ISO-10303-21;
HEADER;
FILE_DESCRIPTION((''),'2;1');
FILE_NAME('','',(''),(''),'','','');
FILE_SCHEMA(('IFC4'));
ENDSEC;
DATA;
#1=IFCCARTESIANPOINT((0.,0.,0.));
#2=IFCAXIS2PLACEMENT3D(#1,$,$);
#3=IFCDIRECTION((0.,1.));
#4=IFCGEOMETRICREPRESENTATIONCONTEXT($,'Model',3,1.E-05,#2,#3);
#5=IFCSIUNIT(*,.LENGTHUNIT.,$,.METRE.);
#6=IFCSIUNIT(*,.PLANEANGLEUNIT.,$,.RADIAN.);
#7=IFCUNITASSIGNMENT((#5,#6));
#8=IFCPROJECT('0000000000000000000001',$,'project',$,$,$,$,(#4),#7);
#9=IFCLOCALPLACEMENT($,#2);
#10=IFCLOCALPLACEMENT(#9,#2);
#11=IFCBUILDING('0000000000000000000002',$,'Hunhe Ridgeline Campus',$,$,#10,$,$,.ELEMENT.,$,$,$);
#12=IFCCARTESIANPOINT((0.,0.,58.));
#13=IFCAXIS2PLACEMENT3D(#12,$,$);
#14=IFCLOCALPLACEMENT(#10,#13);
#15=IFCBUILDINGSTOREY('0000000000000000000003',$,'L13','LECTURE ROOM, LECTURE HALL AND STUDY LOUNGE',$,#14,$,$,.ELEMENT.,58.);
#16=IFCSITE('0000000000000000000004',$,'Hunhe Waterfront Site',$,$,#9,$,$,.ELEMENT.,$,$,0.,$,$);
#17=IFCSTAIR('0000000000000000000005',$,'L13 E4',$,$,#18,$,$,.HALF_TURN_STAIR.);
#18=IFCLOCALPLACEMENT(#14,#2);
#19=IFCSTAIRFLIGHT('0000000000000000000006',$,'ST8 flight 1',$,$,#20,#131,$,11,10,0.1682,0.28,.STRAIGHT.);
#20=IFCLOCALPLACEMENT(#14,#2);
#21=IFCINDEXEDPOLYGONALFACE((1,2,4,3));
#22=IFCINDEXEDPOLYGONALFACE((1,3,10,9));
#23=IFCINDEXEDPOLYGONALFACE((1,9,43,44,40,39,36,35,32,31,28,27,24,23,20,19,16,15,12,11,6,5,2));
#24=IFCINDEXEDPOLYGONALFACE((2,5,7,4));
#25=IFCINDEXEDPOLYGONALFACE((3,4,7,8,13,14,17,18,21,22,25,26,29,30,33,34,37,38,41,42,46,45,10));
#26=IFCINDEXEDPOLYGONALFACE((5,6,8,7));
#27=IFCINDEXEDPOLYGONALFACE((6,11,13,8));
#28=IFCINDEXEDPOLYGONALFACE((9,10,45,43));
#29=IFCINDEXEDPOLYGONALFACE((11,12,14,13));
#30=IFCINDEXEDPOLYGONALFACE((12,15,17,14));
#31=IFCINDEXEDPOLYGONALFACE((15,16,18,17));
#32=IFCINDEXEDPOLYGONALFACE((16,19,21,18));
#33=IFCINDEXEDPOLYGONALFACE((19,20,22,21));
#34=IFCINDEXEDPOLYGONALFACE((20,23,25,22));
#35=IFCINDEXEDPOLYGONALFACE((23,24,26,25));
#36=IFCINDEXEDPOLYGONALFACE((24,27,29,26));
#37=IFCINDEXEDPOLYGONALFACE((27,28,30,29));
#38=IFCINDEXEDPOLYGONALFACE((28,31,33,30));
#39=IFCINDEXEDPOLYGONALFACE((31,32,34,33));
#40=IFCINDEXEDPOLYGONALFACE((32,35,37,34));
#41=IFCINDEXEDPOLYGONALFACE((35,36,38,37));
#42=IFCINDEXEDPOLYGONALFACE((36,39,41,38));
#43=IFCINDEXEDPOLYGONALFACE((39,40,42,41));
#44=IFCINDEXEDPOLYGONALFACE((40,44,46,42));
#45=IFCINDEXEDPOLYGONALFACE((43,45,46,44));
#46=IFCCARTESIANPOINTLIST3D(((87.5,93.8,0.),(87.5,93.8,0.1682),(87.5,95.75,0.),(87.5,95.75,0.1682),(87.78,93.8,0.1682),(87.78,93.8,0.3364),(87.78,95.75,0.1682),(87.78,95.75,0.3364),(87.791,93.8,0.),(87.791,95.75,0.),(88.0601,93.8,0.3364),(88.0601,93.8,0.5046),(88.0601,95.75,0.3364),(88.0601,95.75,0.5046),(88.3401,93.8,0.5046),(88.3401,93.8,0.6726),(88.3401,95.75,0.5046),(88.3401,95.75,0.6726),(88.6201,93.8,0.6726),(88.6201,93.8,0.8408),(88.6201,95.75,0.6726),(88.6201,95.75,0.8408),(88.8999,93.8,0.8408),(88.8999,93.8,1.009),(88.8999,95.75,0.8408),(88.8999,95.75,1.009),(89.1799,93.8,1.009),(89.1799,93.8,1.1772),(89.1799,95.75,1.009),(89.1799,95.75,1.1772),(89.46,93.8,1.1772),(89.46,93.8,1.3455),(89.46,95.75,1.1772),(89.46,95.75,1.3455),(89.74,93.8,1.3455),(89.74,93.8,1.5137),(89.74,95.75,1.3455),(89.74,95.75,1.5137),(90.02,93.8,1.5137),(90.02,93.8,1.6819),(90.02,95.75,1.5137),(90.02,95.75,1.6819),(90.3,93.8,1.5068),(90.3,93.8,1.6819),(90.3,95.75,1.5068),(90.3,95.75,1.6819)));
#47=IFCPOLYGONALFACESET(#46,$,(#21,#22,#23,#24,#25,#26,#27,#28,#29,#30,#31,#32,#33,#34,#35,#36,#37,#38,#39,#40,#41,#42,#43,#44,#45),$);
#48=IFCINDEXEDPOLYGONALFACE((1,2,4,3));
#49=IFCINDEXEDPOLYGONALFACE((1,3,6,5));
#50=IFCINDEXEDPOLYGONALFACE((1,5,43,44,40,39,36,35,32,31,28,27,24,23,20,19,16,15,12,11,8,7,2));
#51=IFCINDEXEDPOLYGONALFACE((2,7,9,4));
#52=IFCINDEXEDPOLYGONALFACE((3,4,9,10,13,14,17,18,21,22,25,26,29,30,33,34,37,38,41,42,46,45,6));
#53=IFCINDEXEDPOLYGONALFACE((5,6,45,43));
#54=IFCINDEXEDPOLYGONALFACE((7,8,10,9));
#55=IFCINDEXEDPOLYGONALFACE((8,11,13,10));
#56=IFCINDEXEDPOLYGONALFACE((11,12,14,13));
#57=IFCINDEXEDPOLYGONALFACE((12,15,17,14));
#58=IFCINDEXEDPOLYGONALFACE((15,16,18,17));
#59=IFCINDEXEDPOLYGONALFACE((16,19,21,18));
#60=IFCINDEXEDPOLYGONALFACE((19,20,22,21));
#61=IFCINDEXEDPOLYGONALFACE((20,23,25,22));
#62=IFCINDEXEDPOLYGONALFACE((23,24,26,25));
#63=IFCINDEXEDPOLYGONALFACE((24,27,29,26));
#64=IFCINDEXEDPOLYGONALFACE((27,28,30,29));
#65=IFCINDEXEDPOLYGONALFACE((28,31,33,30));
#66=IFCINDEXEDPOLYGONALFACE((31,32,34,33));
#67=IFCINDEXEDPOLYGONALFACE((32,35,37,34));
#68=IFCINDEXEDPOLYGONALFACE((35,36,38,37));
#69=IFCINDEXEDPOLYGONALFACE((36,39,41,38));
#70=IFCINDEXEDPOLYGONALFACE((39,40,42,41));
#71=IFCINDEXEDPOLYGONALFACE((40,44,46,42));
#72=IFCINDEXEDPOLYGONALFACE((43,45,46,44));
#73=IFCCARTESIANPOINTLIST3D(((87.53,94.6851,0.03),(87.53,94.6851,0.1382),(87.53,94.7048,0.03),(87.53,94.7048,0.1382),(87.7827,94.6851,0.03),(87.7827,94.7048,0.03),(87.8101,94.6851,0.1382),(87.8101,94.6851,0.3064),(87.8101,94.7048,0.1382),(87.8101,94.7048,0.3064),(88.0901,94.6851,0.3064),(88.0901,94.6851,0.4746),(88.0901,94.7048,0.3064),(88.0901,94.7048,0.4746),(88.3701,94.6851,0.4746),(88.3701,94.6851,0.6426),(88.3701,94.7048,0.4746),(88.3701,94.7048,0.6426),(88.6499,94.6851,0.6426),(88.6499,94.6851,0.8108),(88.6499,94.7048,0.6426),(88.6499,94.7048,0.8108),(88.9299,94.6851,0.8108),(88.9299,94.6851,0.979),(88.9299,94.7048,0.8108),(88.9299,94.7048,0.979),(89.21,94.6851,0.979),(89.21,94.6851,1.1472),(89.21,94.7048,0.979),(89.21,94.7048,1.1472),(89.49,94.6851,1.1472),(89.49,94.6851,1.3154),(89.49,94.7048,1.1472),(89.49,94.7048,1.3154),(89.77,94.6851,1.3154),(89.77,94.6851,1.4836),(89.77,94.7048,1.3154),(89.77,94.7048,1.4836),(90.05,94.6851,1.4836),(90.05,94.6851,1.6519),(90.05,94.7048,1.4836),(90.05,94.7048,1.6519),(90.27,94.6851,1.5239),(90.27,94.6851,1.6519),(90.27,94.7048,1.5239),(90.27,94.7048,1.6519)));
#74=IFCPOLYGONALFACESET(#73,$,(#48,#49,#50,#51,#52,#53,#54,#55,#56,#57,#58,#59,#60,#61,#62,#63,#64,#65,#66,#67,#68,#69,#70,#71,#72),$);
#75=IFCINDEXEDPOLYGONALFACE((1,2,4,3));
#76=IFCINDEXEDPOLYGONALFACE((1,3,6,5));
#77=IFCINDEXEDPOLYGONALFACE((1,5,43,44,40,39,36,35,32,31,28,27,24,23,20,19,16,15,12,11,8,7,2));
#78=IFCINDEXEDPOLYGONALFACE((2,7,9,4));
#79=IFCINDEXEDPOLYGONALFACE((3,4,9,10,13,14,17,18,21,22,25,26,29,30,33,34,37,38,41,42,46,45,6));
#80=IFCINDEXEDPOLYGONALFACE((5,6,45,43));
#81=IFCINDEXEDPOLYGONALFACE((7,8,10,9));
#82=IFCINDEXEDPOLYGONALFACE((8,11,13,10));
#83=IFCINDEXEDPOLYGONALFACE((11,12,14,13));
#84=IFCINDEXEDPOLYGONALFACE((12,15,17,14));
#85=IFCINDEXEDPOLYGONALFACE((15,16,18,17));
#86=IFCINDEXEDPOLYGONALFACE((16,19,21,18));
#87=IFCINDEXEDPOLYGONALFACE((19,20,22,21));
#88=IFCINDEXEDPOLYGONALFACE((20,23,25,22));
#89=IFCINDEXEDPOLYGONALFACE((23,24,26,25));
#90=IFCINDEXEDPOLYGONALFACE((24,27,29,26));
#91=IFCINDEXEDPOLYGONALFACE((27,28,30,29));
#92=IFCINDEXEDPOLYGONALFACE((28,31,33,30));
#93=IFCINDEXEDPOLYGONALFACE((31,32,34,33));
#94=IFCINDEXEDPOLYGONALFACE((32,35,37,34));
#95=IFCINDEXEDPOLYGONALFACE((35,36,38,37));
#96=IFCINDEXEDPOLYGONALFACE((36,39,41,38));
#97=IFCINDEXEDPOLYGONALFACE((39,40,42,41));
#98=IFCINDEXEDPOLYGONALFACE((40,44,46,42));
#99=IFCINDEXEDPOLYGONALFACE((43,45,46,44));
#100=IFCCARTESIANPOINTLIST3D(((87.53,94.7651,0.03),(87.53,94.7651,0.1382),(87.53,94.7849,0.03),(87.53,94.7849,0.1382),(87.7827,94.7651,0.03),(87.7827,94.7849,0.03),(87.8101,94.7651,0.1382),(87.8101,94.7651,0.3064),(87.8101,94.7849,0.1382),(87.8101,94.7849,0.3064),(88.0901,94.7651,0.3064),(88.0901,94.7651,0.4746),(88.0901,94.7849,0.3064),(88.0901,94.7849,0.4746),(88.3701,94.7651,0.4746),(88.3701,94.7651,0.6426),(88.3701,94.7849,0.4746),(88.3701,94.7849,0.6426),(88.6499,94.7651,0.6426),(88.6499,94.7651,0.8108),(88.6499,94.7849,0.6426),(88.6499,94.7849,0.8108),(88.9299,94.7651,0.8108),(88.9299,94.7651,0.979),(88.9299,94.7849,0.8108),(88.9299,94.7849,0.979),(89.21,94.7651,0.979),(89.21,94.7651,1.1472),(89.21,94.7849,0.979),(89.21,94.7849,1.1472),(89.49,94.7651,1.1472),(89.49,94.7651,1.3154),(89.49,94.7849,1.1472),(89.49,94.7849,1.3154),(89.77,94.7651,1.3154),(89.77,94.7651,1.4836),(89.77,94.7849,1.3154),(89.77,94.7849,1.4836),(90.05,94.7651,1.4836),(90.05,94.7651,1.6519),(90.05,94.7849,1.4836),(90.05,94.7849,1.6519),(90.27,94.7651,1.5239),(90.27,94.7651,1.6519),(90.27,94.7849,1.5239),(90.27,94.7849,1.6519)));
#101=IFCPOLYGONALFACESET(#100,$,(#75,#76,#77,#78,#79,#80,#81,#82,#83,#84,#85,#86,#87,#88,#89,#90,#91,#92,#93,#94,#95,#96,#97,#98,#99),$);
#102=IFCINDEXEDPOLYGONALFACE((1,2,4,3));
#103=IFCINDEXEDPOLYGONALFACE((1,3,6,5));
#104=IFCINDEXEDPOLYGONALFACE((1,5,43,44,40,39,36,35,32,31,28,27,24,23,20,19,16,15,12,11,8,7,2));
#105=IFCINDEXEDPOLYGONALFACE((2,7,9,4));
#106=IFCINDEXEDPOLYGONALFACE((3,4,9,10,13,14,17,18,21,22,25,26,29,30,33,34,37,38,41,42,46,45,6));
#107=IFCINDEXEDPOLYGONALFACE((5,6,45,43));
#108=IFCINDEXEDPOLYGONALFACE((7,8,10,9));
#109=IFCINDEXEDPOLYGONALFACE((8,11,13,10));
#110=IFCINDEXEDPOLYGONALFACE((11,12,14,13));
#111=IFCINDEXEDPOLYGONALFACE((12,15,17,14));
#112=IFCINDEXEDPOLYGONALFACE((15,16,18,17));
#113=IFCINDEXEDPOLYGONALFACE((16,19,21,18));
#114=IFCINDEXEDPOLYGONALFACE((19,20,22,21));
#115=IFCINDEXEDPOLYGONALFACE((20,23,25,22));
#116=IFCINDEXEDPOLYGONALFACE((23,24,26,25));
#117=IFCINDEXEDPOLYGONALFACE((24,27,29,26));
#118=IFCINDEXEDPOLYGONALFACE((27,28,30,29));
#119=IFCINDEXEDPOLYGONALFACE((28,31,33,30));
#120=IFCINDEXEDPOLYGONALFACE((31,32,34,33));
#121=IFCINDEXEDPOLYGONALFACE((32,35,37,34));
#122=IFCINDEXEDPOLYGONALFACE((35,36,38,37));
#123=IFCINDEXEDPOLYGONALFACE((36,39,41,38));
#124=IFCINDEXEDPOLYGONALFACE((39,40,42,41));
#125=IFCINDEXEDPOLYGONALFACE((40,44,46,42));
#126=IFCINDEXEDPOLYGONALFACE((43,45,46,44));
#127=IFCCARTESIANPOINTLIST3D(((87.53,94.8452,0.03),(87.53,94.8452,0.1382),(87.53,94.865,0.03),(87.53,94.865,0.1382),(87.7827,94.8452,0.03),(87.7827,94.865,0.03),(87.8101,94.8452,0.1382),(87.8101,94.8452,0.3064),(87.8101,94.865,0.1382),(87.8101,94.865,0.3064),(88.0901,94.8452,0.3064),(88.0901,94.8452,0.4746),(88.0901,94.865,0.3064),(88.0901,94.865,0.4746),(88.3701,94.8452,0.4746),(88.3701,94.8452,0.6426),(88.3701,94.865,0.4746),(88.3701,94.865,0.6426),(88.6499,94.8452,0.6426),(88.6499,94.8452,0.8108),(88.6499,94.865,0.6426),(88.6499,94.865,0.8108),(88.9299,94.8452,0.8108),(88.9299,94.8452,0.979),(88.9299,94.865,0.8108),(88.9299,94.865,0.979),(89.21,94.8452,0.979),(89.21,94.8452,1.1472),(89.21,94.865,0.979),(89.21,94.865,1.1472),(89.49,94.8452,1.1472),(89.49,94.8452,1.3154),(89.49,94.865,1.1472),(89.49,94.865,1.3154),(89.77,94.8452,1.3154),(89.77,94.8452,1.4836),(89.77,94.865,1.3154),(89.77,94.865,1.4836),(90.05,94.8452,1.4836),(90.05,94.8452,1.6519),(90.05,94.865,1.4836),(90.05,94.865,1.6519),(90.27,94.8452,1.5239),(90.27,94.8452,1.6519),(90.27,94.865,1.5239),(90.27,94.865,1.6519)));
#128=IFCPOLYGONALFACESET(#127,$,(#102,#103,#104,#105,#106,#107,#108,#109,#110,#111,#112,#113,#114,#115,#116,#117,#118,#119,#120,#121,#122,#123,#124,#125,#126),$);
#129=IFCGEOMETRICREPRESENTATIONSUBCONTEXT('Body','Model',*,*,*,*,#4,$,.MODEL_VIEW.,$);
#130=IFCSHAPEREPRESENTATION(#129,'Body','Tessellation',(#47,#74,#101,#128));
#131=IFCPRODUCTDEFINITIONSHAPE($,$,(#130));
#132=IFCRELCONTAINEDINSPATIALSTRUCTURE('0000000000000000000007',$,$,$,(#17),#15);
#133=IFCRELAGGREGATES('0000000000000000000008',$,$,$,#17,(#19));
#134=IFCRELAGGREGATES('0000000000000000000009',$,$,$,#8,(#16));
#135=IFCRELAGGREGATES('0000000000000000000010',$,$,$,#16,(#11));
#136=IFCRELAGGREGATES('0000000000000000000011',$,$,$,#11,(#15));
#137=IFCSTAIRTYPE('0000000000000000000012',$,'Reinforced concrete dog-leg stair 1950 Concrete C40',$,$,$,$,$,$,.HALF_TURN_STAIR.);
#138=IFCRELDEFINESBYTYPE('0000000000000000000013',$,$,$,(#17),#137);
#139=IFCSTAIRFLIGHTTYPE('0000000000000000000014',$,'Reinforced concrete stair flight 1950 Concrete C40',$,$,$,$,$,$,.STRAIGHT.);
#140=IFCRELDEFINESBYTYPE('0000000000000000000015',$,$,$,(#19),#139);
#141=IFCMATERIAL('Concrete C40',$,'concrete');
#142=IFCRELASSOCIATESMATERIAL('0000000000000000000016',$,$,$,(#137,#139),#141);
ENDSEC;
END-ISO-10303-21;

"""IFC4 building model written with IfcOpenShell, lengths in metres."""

from ifc_helpers import new_model, si_unit, direction, frame, origin, place, context, subcontext, project, spatial, polyline, outline, extrude, material, type_object, element, aggregate, save


model = new_model("IFC4")

# Units and contexts
model_context = context("Model", 3, precision=1e-05, world=origin(), true_north=direction((0.0, 1.0)))
body_context = subcontext(model_context, "Body", "Model", "MODEL_VIEW")
ifc_project = project(units=[si_unit("LENGTHUNIT", "METRE"), si_unit("PLANEANGLEUNIT", "RADIAN")], contexts=[model_context])

# Site, building, storey
site_placement = place(None, origin())
site = spatial("IfcSite", under=ifc_project, at=site_placement, Name="Hunhe Waterfront Site", CompositionType="ELEMENT", RefElevation=0.0)
building_placement = place(site_placement, origin())
building = spatial("IfcBuilding", under=site, at=building_placement, Name="Hunhe Ridgeline Campus", CompositionType="ELEMENT")
storey_placement = place(building_placement, frame((0.0, 0.0, 58.0)))
storey = spatial("IfcBuildingStorey", under=building, at=storey_placement, Name="L13", Description="LECTURE ROOM, LECTURE HALL AND STUDY LOUNGE", CompositionType="ELEMENT", Elevation=58.0)

# Stair, stair flight
ifc_material_1 = material(Name="Concrete C40", Category="concrete")
stair_type = type_object("IfcStairType", Name="Reinforced concrete dog-leg stair 1950 Concrete C40", PredefinedType="HALF_TURN_STAIR", material=ifc_material_1)
stair_placement = place(storey_placement, origin())
stair = element("IfcStair", 1, at=stair_placement, inside=storey, type_object=stair_type, Name="L13 E4", PredefinedType="HALF_TURN_STAIR")
stair_flight_type = type_object("IfcStairFlightType", Name="Reinforced concrete stair flight 1950 Concrete C40", PredefinedType="STRAIGHT", material=ifc_material_1)
stair_flight_1_placement = place(storey_placement, frame((87.5, 94.7749, 0.0), z_axis=(0.0, 0.0, 1.0), x_axis=(1.0, 0.0, 0.0)))
stair_flight_1 = element("IfcStairFlight", 2, at=stair_flight_1_placement, type_object=stair_flight_type, Name="ST8 flight 1", NumberOfRisers=11, NumberOfTreads=10, PredefinedType="STRAIGHT", RiserHeight=0.1682, TreadLength=0.28, context=body_context, shape_type="SweptSolid", body=[
    extrude(outline(polyline([(0.0, 0.0), (0.0, 0.1682), (0.28, 0.1682), (0.28, 0.3364), (0.5601, 0.3364), (0.5601, 0.5046), (0.8401, 0.5046), (0.8401, 0.6726), (1.1201, 0.6726), (1.1201, 0.8408), (1.3999, 0.8408), (1.3999, 1.009), (1.6799, 1.009), (1.6799, 1.1772), (1.96, 1.1772), (1.96, 1.3455), (2.24, 1.3455), (2.24, 1.5137), (2.52, 1.5137), (2.52, 1.6819), (2.8, 1.6819), (2.8, 1.8501), (2.8, 1.5068), (0.291, 0.0), (0.0, 0.0)])), frame((0.0, 0.9751, 0.0), z_axis=(0.0, -1.0, 0.0), x_axis=(1.0, 0.0, 0.0)), (0.0, 0.0, 1.0), 1.95),
    extrude(outline(polyline([(0.03, 0.03), (0.03, 0.1382), (0.3101, 0.1382), (0.3101, 0.3064), (0.5901, 0.3064), (0.5901, 0.4746), (0.8701, 0.4746), (0.8701, 0.6426), (1.1499, 0.6426), (1.1499, 0.8108), (1.4299, 0.8108), (1.4299, 0.979), (1.71, 0.979), (1.71, 1.1472), (1.99, 1.1472), (1.99, 1.3154), (2.27, 1.3154), (2.27, 1.4836), (2.55, 1.4836), (2.55, 1.6519), (2.77, 1.6519), (2.77, 1.5239), (0.2827, 0.03), (0.03, 0.03)])), frame((0.0, -0.0701, 0.0), z_axis=(0.0, -1.0, 0.0), x_axis=(1.0, 0.0, 0.0)), (0.0, 0.0, 1.0), 0.0198),
    extrude(outline(polyline([(0.03, 0.03), (0.03, 0.1382), (0.3101, 0.1382), (0.3101, 0.3064), (0.5901, 0.3064), (0.5901, 0.4746), (0.8701, 0.4746), (0.8701, 0.6426), (1.1499, 0.6426), (1.1499, 0.8108), (1.4299, 0.8108), (1.4299, 0.979), (1.71, 0.979), (1.71, 1.1472), (1.99, 1.1472), (1.99, 1.3154), (2.27, 1.3154), (2.27, 1.4836), (2.55, 1.4836), (2.55, 1.6519), (2.77, 1.6519), (2.77, 1.5239), (0.2827, 0.03), (0.03, 0.03)])), frame((0.0, 0.01, 0.0), z_axis=(0.0, -1.0, 0.0), x_axis=(1.0, 0.0, 0.0)), (0.0, 0.0, 1.0), 0.0198),
    extrude(outline(polyline([(0.03, 0.03), (0.03, 0.1382), (0.3101, 0.1382), (0.3101, 0.3064), (0.5901, 0.3064), (0.5901, 0.4746), (0.8701, 0.4746), (0.8701, 0.6426), (1.1499, 0.6426), (1.1499, 0.8108), (1.4299, 0.8108), (1.4299, 0.979), (1.71, 0.979), (1.71, 1.1472), (1.99, 1.1472), (1.99, 1.3154), (2.27, 1.3154), (2.27, 1.4836), (2.55, 1.4836), (2.55, 1.6519), (2.77, 1.6519), (2.77, 1.5239), (0.2827, 0.03), (0.03, 0.03)])), frame((0.0, 0.0901, 0.0), z_axis=(0.0, -1.0, 0.0), x_axis=(1.0, 0.0, 0.0)), (0.0, 0.0, 1.0), 0.0198),
])
aggregate(stair, [stair_flight_1])

save(model, "model.ifc")
